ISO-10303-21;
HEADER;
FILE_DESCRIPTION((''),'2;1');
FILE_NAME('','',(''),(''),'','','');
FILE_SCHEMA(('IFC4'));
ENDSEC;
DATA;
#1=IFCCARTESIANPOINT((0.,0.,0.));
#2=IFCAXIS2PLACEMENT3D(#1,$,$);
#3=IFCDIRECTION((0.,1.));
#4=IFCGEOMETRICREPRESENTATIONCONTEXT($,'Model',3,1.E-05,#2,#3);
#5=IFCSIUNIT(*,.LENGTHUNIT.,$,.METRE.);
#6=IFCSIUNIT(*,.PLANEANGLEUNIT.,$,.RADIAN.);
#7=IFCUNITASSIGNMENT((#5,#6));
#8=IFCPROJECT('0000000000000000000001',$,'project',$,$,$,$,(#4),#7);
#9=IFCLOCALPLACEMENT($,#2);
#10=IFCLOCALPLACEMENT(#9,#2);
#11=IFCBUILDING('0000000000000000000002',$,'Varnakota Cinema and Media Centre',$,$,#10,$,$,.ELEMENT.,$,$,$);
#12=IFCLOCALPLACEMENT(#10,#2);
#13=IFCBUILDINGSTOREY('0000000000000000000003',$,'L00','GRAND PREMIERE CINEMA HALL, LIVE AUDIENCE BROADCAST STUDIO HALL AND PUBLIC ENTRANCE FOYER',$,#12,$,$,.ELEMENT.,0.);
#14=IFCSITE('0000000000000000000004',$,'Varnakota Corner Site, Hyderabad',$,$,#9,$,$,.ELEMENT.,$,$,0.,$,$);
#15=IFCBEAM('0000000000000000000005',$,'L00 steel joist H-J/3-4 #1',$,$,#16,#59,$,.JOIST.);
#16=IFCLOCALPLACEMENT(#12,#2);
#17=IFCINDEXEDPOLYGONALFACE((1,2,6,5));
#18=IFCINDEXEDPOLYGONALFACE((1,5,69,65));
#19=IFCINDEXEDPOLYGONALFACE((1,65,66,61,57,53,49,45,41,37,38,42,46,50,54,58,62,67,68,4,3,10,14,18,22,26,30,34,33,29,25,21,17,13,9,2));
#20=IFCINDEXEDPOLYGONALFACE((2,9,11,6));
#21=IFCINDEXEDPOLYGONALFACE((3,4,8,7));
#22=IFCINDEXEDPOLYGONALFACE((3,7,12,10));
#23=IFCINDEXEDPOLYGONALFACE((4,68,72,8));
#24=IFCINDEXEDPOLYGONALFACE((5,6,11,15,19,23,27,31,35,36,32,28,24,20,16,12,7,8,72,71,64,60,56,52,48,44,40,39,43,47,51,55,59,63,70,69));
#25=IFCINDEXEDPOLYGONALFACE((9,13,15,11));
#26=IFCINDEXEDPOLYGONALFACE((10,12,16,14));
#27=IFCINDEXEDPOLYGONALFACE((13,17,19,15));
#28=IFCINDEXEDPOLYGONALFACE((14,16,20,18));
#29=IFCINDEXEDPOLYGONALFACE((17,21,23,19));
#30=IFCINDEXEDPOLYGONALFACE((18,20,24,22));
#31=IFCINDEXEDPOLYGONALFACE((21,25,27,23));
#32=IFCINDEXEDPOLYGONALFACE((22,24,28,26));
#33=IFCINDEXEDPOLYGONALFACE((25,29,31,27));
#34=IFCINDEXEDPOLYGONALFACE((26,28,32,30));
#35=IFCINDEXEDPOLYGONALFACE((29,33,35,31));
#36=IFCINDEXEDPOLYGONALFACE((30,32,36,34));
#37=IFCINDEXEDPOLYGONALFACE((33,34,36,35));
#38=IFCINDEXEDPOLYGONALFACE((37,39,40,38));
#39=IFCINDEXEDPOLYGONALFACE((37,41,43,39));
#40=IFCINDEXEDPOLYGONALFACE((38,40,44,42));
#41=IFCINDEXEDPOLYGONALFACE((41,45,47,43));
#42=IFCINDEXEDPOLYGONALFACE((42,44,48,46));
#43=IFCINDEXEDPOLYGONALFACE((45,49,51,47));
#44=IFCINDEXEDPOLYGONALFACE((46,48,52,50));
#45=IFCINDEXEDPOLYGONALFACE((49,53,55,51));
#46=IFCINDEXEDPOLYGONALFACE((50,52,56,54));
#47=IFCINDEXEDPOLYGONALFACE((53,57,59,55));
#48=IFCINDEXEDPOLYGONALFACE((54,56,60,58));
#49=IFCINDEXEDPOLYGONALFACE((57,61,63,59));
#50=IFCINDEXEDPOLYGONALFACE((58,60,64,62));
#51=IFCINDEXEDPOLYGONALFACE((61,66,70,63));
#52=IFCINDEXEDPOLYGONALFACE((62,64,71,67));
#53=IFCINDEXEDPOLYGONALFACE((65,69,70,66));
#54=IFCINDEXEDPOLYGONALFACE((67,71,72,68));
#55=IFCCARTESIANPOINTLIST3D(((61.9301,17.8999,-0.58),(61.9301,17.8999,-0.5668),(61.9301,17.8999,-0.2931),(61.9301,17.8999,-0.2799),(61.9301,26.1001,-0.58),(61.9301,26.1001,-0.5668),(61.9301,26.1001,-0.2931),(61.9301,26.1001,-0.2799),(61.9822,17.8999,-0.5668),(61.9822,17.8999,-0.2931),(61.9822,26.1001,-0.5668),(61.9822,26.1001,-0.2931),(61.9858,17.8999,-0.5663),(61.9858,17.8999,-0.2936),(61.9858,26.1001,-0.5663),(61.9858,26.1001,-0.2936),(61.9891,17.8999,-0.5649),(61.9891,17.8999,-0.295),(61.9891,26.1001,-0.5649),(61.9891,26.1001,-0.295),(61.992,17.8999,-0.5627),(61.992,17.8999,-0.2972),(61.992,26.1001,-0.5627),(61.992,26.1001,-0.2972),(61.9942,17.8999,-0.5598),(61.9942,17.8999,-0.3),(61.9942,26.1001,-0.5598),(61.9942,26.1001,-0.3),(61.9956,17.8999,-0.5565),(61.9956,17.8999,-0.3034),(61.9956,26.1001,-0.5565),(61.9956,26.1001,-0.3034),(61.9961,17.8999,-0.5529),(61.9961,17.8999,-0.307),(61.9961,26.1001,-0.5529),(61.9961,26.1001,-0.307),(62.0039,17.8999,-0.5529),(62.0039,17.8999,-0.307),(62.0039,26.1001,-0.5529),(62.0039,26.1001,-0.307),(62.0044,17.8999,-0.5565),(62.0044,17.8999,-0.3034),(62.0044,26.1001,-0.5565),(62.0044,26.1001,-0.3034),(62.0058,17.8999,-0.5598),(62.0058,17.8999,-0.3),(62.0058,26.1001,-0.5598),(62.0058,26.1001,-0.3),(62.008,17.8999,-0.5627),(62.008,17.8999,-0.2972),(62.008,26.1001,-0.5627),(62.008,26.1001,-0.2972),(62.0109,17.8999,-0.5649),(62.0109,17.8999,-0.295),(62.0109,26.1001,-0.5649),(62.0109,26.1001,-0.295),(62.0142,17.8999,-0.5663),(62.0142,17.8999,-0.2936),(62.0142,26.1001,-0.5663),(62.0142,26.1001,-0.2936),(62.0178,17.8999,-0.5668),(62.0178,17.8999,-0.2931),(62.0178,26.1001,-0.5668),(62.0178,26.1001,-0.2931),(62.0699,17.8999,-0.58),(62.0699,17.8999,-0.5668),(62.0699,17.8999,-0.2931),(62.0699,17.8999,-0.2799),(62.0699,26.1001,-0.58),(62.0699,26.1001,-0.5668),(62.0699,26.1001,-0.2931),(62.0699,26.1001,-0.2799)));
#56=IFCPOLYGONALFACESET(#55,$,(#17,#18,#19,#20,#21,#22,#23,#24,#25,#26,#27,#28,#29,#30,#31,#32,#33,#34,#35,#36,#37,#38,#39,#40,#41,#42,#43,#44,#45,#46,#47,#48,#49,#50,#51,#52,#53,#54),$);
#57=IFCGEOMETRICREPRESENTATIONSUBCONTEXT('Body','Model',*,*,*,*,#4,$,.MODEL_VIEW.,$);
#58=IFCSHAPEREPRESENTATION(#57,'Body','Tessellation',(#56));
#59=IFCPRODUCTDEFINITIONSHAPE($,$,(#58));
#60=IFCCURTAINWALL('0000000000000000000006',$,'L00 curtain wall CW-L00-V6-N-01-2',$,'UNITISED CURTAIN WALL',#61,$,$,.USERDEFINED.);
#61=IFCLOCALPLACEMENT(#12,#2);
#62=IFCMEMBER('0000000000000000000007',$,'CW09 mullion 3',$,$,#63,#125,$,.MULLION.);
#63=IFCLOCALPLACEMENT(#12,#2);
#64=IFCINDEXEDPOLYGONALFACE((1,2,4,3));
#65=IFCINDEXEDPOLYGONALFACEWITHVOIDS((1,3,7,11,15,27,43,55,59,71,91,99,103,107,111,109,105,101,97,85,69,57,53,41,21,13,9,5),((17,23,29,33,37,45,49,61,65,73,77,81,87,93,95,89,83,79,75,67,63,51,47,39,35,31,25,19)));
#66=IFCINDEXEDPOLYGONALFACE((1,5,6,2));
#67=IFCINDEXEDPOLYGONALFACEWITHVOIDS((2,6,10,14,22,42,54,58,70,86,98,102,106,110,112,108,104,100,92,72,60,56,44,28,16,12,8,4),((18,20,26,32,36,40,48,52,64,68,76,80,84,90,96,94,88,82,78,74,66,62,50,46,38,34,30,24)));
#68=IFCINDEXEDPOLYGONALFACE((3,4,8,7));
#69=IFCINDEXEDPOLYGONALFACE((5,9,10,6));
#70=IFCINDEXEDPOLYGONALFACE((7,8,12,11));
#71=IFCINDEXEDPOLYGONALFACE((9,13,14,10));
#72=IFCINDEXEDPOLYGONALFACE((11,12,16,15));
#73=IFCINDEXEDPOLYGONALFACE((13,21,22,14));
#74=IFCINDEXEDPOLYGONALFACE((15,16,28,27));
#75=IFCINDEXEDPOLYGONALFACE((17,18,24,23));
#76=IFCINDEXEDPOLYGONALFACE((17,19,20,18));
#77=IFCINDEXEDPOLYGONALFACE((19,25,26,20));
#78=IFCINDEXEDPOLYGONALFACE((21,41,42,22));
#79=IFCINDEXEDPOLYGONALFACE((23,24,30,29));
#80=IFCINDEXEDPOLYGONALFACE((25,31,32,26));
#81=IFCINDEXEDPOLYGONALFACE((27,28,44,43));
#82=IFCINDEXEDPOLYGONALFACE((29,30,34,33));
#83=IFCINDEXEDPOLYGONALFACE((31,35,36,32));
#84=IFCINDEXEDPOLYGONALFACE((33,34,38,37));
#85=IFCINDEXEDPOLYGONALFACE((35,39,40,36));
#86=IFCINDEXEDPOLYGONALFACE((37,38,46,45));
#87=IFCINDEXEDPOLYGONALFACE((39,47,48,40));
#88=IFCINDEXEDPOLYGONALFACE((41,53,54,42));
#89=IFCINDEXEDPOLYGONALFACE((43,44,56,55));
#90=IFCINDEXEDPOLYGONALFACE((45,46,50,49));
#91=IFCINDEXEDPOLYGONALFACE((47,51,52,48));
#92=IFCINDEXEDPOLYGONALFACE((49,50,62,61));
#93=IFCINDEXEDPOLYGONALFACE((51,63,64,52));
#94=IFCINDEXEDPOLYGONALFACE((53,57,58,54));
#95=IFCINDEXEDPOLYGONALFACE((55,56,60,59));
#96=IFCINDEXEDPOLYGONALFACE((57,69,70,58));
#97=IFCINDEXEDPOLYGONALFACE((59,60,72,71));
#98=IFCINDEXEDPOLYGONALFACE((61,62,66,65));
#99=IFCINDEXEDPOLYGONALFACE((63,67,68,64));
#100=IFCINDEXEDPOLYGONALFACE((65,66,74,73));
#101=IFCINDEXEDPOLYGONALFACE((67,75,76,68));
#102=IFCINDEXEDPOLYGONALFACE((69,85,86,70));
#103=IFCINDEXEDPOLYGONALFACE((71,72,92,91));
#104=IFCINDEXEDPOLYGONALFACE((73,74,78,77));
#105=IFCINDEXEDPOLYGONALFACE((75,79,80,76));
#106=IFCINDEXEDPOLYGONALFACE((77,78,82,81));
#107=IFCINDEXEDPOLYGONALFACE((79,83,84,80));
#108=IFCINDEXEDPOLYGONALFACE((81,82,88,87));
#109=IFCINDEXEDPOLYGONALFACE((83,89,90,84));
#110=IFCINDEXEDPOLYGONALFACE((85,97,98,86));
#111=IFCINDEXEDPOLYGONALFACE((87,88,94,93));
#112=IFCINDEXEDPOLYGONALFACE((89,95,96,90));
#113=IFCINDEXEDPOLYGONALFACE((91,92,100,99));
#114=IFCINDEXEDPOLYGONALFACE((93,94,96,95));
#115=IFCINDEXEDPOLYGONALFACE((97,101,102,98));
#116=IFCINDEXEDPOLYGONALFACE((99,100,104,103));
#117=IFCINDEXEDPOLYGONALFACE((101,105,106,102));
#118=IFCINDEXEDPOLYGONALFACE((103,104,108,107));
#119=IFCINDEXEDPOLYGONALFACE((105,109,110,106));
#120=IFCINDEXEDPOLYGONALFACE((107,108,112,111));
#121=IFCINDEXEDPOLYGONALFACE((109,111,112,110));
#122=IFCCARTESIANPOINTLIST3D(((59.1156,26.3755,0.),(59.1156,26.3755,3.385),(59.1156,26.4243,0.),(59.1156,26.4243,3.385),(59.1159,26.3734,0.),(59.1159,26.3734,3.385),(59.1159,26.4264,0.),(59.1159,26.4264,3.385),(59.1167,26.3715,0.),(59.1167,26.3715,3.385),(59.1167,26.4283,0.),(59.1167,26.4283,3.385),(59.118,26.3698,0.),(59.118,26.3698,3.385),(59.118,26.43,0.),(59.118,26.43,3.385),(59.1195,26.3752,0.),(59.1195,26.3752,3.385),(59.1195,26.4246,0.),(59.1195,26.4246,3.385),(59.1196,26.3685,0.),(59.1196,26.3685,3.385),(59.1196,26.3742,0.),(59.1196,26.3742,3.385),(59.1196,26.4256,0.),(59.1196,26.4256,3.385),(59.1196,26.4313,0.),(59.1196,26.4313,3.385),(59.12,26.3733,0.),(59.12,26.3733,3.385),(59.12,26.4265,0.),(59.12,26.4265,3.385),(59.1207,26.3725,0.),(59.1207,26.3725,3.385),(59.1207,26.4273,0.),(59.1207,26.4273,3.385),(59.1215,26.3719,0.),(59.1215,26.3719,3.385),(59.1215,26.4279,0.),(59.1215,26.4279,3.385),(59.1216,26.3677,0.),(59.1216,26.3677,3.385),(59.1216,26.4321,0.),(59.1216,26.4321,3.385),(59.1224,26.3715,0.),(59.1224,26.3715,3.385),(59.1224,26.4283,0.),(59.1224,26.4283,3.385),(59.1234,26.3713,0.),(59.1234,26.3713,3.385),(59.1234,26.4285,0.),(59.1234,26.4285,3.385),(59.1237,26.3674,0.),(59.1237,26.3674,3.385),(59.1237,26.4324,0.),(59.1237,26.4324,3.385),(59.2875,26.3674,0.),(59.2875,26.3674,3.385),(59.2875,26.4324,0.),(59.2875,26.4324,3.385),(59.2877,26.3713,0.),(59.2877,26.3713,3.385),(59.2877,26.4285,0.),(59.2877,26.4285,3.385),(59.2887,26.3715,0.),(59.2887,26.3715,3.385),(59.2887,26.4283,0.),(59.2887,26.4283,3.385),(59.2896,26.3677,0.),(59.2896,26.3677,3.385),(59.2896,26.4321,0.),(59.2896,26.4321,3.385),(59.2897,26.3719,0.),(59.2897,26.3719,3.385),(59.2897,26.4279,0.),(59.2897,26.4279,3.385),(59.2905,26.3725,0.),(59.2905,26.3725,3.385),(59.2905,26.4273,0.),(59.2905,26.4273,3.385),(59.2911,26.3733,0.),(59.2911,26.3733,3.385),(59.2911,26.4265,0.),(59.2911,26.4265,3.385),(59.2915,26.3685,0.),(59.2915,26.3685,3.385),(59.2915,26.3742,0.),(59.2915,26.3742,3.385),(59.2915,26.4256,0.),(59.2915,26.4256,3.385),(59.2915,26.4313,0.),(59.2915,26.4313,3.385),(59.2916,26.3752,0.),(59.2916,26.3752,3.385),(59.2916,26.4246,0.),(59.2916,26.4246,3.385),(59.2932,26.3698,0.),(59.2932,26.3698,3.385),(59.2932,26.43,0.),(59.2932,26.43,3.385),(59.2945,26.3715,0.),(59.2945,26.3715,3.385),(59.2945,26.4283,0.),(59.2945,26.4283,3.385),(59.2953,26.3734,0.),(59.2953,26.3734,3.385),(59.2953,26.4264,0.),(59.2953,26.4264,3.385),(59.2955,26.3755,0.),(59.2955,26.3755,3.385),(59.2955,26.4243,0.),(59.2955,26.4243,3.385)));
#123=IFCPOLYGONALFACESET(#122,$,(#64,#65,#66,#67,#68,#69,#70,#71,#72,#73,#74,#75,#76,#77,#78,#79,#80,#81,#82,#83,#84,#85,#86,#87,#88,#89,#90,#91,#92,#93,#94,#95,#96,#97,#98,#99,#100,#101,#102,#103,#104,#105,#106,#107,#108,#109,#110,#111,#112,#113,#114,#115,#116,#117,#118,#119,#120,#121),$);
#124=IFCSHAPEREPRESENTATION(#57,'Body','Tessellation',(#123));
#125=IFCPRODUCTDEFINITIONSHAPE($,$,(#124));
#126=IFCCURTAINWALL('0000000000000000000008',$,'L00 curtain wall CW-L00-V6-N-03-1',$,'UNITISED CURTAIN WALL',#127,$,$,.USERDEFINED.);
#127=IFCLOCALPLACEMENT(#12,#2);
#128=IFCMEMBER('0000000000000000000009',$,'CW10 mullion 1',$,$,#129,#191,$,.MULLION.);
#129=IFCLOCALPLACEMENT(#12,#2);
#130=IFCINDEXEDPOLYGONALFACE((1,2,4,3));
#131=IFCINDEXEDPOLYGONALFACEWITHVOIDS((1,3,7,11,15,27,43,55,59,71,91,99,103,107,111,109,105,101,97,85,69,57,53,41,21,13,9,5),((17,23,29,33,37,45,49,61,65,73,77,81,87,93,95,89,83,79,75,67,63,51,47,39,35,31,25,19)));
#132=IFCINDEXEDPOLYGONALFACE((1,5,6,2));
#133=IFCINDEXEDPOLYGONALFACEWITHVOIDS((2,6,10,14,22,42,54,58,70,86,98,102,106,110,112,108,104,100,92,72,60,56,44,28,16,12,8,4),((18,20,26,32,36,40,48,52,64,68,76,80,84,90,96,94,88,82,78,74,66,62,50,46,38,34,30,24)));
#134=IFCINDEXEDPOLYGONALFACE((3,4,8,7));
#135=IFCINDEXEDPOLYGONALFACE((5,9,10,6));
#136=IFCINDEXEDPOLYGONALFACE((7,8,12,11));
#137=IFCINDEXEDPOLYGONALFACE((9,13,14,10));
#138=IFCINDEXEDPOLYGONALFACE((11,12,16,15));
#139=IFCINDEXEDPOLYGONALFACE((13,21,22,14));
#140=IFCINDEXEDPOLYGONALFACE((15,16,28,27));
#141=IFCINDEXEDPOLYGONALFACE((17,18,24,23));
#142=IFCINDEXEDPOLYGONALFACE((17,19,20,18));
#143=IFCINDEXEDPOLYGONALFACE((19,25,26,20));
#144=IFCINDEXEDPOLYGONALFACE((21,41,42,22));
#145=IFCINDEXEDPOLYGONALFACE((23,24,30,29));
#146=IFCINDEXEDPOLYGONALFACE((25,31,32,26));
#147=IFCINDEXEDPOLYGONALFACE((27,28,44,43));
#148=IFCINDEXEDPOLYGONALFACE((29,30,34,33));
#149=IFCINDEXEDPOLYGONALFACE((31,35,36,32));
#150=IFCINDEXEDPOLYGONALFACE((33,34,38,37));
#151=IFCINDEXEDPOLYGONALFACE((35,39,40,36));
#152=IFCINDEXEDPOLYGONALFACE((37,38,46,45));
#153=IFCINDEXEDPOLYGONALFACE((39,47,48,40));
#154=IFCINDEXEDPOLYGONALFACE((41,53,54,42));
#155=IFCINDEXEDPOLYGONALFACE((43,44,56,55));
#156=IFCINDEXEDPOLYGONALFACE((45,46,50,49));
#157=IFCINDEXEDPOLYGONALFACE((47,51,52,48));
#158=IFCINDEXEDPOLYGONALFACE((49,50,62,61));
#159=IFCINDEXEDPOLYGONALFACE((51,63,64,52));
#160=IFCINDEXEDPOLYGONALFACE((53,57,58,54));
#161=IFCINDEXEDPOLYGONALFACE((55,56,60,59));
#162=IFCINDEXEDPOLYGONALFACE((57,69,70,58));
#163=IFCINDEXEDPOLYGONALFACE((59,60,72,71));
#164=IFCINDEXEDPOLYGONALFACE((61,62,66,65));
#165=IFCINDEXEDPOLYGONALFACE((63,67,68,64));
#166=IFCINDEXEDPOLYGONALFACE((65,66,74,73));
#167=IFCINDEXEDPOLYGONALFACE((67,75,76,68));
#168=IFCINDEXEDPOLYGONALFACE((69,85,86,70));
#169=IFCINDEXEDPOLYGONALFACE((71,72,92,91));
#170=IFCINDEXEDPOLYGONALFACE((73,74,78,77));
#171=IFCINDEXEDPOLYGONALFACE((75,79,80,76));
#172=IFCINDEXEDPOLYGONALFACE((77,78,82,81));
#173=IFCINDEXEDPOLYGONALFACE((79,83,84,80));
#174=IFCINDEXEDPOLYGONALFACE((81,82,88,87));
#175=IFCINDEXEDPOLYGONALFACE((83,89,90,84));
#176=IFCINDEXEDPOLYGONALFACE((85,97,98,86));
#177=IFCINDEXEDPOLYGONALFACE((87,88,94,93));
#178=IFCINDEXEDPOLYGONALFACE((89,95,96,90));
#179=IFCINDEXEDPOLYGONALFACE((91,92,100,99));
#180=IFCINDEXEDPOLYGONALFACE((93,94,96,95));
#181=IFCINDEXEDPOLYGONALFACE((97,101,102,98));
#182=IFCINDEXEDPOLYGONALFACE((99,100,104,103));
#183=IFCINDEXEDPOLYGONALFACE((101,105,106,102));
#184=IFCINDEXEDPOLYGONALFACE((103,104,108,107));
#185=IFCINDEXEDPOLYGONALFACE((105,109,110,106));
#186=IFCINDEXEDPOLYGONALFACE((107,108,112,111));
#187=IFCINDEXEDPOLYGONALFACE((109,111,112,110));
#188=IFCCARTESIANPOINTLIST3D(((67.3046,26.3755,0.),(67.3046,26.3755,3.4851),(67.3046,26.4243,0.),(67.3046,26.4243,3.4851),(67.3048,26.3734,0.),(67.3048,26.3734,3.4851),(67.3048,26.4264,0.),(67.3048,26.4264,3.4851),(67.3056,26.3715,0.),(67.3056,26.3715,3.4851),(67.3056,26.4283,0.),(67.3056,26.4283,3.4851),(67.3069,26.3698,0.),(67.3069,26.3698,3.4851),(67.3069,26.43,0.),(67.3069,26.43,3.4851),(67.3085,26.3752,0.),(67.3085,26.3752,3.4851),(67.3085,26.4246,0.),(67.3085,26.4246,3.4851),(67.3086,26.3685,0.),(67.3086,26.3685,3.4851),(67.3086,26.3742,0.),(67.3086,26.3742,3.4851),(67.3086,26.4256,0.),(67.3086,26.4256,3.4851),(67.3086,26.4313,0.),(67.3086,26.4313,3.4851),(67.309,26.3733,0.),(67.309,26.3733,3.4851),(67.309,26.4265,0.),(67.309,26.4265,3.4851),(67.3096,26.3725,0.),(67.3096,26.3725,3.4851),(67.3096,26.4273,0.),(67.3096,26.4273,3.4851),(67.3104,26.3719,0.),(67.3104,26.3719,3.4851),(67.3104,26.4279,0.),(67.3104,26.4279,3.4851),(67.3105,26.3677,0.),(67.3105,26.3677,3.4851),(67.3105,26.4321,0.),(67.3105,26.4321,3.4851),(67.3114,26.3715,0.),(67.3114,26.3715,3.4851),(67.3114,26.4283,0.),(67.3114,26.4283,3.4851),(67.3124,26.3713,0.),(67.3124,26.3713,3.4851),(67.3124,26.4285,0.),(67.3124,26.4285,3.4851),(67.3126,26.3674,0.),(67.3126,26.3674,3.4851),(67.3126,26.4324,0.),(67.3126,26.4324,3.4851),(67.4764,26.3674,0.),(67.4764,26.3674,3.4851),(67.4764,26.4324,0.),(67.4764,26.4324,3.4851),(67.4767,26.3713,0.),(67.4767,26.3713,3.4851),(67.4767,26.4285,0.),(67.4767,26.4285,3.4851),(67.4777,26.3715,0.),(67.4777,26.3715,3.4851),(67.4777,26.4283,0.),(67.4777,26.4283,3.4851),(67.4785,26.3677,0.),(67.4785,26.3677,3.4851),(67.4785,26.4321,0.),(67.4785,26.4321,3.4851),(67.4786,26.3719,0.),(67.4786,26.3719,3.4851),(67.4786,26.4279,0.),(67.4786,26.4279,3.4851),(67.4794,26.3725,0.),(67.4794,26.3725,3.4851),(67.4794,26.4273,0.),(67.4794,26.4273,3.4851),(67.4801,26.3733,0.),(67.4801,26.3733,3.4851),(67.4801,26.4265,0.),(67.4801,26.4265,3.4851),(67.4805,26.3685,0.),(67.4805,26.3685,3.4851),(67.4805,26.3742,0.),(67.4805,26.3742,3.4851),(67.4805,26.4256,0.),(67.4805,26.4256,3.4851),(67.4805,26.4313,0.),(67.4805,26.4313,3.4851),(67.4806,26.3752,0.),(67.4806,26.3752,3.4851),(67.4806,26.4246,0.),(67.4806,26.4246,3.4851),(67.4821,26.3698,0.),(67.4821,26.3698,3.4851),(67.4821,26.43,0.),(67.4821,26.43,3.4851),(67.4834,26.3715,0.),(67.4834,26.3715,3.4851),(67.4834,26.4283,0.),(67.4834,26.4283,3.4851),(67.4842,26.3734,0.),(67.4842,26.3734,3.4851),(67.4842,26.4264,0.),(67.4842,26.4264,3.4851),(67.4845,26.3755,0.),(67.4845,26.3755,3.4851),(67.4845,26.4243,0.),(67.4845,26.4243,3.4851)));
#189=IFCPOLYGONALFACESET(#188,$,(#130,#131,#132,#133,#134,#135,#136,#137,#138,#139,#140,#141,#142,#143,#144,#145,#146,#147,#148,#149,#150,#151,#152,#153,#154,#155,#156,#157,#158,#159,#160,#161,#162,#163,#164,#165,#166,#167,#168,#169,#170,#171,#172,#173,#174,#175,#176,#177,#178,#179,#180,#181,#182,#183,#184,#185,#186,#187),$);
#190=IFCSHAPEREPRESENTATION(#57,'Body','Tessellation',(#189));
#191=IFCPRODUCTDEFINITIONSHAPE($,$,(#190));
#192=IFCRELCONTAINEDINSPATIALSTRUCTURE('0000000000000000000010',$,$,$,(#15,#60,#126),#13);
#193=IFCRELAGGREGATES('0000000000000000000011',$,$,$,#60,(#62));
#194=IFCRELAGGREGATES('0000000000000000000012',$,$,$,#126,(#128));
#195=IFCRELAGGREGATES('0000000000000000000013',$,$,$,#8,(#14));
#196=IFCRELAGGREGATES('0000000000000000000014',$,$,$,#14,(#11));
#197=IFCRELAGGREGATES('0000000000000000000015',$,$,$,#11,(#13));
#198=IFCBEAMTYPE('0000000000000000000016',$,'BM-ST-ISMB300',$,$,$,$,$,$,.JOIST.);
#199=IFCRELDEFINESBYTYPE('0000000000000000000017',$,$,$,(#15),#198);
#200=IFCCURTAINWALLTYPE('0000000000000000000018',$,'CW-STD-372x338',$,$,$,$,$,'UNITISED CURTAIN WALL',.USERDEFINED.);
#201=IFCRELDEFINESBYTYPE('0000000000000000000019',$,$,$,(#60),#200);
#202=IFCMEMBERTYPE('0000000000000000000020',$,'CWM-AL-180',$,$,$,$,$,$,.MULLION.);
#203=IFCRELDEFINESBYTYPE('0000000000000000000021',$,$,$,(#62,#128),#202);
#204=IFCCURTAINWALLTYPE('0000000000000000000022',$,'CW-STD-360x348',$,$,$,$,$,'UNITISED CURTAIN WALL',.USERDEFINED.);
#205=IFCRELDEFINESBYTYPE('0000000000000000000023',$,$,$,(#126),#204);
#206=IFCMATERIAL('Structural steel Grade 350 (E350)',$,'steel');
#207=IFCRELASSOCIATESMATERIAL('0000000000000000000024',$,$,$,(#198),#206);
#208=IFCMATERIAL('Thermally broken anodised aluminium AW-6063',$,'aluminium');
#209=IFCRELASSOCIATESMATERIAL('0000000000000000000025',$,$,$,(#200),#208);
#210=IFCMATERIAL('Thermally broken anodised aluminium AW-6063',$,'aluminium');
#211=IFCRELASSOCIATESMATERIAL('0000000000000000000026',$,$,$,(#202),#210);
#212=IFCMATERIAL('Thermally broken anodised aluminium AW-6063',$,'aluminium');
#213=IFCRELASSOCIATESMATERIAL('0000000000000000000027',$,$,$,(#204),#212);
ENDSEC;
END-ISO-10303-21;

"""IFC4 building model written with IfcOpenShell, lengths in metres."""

from ifc_helpers import new_model, si_unit, direction, frame, origin, origin_2d, place, context, subcontext, project, spatial, hollow_rectangle, i_section, extrude, material, material_profile, profile_set, type_object, element, aggregate, save


model = new_model("IFC4")

# Units and contexts
model_context = context("Model", 3, precision=1e-05, world=origin(), true_north=direction((0.0, 1.0)))
body_context = subcontext(model_context, "Body", "Model", "MODEL_VIEW")
ifc_project = project(units=[si_unit("LENGTHUNIT", "METRE"), si_unit("PLANEANGLEUNIT", "RADIAN")], contexts=[model_context])

# Site, building, storey
site_placement = place(None, origin())
site = spatial("IfcSite", under=ifc_project, at=site_placement, Name="Varnakota Corner Site, Hyderabad", CompositionType="ELEMENT", RefElevation=0.0)
building_placement = place(site_placement, origin())
building = spatial("IfcBuilding", under=site, at=building_placement, Name="Varnakota Cinema and Media Centre", CompositionType="ELEMENT")
storey_placement = place(building_placement, origin())
storey = spatial("IfcBuildingStorey", under=building, at=storey_placement, Name="L00", Description="GRAND PREMIERE CINEMA HALL, LIVE AUDIENCE BROADCAST STUDIO HALL AND PUBLIC ENTRANCE FOYER", CompositionType="ELEMENT", Elevation=0.0)

# Beam
ifc_material_1 = material(Name="Structural steel Grade 350 (E350)", Category="steel")
ifc_material_profile_1 = material_profile(ifc_material_1, i_section(OverallWidth=0.1399, OverallDepth=0.3, WebThickness=0.0078, FlangeThickness=0.0132, FilletRadius=0.0139, at=origin_2d()), Name="ISMB 300")
ifc_profile_set_1 = profile_set([ifc_material_profile_1], Name="Structural steel Grade 350 (E350)")
beam_type_1 = type_object("IfcBeamType", Name="BM-ST-ISMB300", PredefinedType="JOIST", material=ifc_profile_set_1)
beam_1_placement = place(storey_placement, frame((62.0, 17.8999, -0.4299), z_axis=(0.0, 1.0, 0.0), x_axis=(-1.0, 0.0, 0.0)))
element("IfcBeam", 1, at=beam_1_placement, inside=storey, type_object=beam_type_1, Name="L00 steel joist H-J/3-4 #1", PredefinedType="JOIST", context=body_context, shape_type="SweptSolid", body=[
    extrude(i_section(OverallWidth=0.1399, OverallDepth=0.3, WebThickness=0.0078, FlangeThickness=0.0132, FilletRadius=0.0139, at=origin_2d()), origin(), (0.0, 0.0, 1.0), 8.2002),
])

# Curtain wall, member
ifc_material_2 = material(Name="Thermally broken anodised aluminium AW-6063", Category="aluminium")
curtain_wall_type_1 = type_object("IfcCurtainWallType", Name="CW-STD-372x338", ElementType="UNITISED CURTAIN WALL", PredefinedType="USERDEFINED", material=ifc_material_2)
curtain_wall_1_placement = place(storey_placement, origin())
curtain_wall_1 = element("IfcCurtainWall", 2, at=curtain_wall_1_placement, inside=storey, type_object=curtain_wall_type_1, Name="L00 curtain wall CW-L00-V6-N-01-2", ObjectType="UNITISED CURTAIN WALL", PredefinedType="USERDEFINED")
ifc_material_3 = material(Name="Thermally broken anodised aluminium AW-6063", Category="aluminium")
ifc_material_profile_2 = material_profile(ifc_material_3, hollow_rectangle(XDim=0.0649, YDim=0.1799, WallThickness=0.0039, InnerFilletRadius=0.0039, OuterFilletRadius=0.0081, at=origin_2d()), Name="AL-MULLION 180x65x4")
ifc_profile_set_2 = profile_set([ifc_material_profile_2], Name="Thermally broken anodised aluminium AW-6063")
member_type_1 = type_object("IfcMemberType", Name="CWM-AL-180", PredefinedType="MULLION", material=ifc_profile_set_2)
member_1_placement = place(storey_placement, frame((59.2056, 26.3999, 0.0), z_axis=(0.0, 0.0, 1.0), x_axis=(0.0, 1.0, 0.0)))
member_1 = element("IfcMember", 3, at=member_1_placement, type_object=member_type_1, Name="CW09 mullion 3", PredefinedType="MULLION", context=body_context, shape_type="SweptSolid", body=[
    extrude(hollow_rectangle(XDim=0.0649, YDim=0.1799, WallThickness=0.0039, InnerFilletRadius=0.0039, OuterFilletRadius=0.0081, at=origin_2d()), origin(), (0.0, 0.0, 1.0), 3.385),
])

# Curtain wall, member
ifc_material_4 = material(Name="Thermally broken anodised aluminium AW-6063", Category="aluminium")
curtain_wall_type_2 = type_object("IfcCurtainWallType", Name="CW-STD-360x348", ElementType="UNITISED CURTAIN WALL", PredefinedType="USERDEFINED", material=ifc_material_4)
curtain_wall_2_placement = place(storey_placement, origin())
curtain_wall_2 = element("IfcCurtainWall", 4, at=curtain_wall_2_placement, inside=storey, type_object=curtain_wall_type_2, Name="L00 curtain wall CW-L00-V6-N-03-1", ObjectType="UNITISED CURTAIN WALL", PredefinedType="USERDEFINED")
member_2_placement = place(storey_placement, frame((67.3945, 26.3999, 0.0), z_axis=(0.0, 0.0, 1.0), x_axis=(0.0, 1.0, 0.0)))
member_2 = element("IfcMember", 5, at=member_2_placement, type_object=member_type_1, Name="CW10 mullion 1", PredefinedType="MULLION", context=body_context, shape_type="SweptSolid", body=[
    extrude(hollow_rectangle(XDim=0.0649, YDim=0.1799, WallThickness=0.0039, InnerFilletRadius=0.0039, OuterFilletRadius=0.0081, at=origin_2d()), origin(), (0.0, 0.0, 1.0), 3.4851),
])

aggregate(curtain_wall_1, [member_1])
aggregate(curtain_wall_2, [member_2])

save(model, "model.ifc")
